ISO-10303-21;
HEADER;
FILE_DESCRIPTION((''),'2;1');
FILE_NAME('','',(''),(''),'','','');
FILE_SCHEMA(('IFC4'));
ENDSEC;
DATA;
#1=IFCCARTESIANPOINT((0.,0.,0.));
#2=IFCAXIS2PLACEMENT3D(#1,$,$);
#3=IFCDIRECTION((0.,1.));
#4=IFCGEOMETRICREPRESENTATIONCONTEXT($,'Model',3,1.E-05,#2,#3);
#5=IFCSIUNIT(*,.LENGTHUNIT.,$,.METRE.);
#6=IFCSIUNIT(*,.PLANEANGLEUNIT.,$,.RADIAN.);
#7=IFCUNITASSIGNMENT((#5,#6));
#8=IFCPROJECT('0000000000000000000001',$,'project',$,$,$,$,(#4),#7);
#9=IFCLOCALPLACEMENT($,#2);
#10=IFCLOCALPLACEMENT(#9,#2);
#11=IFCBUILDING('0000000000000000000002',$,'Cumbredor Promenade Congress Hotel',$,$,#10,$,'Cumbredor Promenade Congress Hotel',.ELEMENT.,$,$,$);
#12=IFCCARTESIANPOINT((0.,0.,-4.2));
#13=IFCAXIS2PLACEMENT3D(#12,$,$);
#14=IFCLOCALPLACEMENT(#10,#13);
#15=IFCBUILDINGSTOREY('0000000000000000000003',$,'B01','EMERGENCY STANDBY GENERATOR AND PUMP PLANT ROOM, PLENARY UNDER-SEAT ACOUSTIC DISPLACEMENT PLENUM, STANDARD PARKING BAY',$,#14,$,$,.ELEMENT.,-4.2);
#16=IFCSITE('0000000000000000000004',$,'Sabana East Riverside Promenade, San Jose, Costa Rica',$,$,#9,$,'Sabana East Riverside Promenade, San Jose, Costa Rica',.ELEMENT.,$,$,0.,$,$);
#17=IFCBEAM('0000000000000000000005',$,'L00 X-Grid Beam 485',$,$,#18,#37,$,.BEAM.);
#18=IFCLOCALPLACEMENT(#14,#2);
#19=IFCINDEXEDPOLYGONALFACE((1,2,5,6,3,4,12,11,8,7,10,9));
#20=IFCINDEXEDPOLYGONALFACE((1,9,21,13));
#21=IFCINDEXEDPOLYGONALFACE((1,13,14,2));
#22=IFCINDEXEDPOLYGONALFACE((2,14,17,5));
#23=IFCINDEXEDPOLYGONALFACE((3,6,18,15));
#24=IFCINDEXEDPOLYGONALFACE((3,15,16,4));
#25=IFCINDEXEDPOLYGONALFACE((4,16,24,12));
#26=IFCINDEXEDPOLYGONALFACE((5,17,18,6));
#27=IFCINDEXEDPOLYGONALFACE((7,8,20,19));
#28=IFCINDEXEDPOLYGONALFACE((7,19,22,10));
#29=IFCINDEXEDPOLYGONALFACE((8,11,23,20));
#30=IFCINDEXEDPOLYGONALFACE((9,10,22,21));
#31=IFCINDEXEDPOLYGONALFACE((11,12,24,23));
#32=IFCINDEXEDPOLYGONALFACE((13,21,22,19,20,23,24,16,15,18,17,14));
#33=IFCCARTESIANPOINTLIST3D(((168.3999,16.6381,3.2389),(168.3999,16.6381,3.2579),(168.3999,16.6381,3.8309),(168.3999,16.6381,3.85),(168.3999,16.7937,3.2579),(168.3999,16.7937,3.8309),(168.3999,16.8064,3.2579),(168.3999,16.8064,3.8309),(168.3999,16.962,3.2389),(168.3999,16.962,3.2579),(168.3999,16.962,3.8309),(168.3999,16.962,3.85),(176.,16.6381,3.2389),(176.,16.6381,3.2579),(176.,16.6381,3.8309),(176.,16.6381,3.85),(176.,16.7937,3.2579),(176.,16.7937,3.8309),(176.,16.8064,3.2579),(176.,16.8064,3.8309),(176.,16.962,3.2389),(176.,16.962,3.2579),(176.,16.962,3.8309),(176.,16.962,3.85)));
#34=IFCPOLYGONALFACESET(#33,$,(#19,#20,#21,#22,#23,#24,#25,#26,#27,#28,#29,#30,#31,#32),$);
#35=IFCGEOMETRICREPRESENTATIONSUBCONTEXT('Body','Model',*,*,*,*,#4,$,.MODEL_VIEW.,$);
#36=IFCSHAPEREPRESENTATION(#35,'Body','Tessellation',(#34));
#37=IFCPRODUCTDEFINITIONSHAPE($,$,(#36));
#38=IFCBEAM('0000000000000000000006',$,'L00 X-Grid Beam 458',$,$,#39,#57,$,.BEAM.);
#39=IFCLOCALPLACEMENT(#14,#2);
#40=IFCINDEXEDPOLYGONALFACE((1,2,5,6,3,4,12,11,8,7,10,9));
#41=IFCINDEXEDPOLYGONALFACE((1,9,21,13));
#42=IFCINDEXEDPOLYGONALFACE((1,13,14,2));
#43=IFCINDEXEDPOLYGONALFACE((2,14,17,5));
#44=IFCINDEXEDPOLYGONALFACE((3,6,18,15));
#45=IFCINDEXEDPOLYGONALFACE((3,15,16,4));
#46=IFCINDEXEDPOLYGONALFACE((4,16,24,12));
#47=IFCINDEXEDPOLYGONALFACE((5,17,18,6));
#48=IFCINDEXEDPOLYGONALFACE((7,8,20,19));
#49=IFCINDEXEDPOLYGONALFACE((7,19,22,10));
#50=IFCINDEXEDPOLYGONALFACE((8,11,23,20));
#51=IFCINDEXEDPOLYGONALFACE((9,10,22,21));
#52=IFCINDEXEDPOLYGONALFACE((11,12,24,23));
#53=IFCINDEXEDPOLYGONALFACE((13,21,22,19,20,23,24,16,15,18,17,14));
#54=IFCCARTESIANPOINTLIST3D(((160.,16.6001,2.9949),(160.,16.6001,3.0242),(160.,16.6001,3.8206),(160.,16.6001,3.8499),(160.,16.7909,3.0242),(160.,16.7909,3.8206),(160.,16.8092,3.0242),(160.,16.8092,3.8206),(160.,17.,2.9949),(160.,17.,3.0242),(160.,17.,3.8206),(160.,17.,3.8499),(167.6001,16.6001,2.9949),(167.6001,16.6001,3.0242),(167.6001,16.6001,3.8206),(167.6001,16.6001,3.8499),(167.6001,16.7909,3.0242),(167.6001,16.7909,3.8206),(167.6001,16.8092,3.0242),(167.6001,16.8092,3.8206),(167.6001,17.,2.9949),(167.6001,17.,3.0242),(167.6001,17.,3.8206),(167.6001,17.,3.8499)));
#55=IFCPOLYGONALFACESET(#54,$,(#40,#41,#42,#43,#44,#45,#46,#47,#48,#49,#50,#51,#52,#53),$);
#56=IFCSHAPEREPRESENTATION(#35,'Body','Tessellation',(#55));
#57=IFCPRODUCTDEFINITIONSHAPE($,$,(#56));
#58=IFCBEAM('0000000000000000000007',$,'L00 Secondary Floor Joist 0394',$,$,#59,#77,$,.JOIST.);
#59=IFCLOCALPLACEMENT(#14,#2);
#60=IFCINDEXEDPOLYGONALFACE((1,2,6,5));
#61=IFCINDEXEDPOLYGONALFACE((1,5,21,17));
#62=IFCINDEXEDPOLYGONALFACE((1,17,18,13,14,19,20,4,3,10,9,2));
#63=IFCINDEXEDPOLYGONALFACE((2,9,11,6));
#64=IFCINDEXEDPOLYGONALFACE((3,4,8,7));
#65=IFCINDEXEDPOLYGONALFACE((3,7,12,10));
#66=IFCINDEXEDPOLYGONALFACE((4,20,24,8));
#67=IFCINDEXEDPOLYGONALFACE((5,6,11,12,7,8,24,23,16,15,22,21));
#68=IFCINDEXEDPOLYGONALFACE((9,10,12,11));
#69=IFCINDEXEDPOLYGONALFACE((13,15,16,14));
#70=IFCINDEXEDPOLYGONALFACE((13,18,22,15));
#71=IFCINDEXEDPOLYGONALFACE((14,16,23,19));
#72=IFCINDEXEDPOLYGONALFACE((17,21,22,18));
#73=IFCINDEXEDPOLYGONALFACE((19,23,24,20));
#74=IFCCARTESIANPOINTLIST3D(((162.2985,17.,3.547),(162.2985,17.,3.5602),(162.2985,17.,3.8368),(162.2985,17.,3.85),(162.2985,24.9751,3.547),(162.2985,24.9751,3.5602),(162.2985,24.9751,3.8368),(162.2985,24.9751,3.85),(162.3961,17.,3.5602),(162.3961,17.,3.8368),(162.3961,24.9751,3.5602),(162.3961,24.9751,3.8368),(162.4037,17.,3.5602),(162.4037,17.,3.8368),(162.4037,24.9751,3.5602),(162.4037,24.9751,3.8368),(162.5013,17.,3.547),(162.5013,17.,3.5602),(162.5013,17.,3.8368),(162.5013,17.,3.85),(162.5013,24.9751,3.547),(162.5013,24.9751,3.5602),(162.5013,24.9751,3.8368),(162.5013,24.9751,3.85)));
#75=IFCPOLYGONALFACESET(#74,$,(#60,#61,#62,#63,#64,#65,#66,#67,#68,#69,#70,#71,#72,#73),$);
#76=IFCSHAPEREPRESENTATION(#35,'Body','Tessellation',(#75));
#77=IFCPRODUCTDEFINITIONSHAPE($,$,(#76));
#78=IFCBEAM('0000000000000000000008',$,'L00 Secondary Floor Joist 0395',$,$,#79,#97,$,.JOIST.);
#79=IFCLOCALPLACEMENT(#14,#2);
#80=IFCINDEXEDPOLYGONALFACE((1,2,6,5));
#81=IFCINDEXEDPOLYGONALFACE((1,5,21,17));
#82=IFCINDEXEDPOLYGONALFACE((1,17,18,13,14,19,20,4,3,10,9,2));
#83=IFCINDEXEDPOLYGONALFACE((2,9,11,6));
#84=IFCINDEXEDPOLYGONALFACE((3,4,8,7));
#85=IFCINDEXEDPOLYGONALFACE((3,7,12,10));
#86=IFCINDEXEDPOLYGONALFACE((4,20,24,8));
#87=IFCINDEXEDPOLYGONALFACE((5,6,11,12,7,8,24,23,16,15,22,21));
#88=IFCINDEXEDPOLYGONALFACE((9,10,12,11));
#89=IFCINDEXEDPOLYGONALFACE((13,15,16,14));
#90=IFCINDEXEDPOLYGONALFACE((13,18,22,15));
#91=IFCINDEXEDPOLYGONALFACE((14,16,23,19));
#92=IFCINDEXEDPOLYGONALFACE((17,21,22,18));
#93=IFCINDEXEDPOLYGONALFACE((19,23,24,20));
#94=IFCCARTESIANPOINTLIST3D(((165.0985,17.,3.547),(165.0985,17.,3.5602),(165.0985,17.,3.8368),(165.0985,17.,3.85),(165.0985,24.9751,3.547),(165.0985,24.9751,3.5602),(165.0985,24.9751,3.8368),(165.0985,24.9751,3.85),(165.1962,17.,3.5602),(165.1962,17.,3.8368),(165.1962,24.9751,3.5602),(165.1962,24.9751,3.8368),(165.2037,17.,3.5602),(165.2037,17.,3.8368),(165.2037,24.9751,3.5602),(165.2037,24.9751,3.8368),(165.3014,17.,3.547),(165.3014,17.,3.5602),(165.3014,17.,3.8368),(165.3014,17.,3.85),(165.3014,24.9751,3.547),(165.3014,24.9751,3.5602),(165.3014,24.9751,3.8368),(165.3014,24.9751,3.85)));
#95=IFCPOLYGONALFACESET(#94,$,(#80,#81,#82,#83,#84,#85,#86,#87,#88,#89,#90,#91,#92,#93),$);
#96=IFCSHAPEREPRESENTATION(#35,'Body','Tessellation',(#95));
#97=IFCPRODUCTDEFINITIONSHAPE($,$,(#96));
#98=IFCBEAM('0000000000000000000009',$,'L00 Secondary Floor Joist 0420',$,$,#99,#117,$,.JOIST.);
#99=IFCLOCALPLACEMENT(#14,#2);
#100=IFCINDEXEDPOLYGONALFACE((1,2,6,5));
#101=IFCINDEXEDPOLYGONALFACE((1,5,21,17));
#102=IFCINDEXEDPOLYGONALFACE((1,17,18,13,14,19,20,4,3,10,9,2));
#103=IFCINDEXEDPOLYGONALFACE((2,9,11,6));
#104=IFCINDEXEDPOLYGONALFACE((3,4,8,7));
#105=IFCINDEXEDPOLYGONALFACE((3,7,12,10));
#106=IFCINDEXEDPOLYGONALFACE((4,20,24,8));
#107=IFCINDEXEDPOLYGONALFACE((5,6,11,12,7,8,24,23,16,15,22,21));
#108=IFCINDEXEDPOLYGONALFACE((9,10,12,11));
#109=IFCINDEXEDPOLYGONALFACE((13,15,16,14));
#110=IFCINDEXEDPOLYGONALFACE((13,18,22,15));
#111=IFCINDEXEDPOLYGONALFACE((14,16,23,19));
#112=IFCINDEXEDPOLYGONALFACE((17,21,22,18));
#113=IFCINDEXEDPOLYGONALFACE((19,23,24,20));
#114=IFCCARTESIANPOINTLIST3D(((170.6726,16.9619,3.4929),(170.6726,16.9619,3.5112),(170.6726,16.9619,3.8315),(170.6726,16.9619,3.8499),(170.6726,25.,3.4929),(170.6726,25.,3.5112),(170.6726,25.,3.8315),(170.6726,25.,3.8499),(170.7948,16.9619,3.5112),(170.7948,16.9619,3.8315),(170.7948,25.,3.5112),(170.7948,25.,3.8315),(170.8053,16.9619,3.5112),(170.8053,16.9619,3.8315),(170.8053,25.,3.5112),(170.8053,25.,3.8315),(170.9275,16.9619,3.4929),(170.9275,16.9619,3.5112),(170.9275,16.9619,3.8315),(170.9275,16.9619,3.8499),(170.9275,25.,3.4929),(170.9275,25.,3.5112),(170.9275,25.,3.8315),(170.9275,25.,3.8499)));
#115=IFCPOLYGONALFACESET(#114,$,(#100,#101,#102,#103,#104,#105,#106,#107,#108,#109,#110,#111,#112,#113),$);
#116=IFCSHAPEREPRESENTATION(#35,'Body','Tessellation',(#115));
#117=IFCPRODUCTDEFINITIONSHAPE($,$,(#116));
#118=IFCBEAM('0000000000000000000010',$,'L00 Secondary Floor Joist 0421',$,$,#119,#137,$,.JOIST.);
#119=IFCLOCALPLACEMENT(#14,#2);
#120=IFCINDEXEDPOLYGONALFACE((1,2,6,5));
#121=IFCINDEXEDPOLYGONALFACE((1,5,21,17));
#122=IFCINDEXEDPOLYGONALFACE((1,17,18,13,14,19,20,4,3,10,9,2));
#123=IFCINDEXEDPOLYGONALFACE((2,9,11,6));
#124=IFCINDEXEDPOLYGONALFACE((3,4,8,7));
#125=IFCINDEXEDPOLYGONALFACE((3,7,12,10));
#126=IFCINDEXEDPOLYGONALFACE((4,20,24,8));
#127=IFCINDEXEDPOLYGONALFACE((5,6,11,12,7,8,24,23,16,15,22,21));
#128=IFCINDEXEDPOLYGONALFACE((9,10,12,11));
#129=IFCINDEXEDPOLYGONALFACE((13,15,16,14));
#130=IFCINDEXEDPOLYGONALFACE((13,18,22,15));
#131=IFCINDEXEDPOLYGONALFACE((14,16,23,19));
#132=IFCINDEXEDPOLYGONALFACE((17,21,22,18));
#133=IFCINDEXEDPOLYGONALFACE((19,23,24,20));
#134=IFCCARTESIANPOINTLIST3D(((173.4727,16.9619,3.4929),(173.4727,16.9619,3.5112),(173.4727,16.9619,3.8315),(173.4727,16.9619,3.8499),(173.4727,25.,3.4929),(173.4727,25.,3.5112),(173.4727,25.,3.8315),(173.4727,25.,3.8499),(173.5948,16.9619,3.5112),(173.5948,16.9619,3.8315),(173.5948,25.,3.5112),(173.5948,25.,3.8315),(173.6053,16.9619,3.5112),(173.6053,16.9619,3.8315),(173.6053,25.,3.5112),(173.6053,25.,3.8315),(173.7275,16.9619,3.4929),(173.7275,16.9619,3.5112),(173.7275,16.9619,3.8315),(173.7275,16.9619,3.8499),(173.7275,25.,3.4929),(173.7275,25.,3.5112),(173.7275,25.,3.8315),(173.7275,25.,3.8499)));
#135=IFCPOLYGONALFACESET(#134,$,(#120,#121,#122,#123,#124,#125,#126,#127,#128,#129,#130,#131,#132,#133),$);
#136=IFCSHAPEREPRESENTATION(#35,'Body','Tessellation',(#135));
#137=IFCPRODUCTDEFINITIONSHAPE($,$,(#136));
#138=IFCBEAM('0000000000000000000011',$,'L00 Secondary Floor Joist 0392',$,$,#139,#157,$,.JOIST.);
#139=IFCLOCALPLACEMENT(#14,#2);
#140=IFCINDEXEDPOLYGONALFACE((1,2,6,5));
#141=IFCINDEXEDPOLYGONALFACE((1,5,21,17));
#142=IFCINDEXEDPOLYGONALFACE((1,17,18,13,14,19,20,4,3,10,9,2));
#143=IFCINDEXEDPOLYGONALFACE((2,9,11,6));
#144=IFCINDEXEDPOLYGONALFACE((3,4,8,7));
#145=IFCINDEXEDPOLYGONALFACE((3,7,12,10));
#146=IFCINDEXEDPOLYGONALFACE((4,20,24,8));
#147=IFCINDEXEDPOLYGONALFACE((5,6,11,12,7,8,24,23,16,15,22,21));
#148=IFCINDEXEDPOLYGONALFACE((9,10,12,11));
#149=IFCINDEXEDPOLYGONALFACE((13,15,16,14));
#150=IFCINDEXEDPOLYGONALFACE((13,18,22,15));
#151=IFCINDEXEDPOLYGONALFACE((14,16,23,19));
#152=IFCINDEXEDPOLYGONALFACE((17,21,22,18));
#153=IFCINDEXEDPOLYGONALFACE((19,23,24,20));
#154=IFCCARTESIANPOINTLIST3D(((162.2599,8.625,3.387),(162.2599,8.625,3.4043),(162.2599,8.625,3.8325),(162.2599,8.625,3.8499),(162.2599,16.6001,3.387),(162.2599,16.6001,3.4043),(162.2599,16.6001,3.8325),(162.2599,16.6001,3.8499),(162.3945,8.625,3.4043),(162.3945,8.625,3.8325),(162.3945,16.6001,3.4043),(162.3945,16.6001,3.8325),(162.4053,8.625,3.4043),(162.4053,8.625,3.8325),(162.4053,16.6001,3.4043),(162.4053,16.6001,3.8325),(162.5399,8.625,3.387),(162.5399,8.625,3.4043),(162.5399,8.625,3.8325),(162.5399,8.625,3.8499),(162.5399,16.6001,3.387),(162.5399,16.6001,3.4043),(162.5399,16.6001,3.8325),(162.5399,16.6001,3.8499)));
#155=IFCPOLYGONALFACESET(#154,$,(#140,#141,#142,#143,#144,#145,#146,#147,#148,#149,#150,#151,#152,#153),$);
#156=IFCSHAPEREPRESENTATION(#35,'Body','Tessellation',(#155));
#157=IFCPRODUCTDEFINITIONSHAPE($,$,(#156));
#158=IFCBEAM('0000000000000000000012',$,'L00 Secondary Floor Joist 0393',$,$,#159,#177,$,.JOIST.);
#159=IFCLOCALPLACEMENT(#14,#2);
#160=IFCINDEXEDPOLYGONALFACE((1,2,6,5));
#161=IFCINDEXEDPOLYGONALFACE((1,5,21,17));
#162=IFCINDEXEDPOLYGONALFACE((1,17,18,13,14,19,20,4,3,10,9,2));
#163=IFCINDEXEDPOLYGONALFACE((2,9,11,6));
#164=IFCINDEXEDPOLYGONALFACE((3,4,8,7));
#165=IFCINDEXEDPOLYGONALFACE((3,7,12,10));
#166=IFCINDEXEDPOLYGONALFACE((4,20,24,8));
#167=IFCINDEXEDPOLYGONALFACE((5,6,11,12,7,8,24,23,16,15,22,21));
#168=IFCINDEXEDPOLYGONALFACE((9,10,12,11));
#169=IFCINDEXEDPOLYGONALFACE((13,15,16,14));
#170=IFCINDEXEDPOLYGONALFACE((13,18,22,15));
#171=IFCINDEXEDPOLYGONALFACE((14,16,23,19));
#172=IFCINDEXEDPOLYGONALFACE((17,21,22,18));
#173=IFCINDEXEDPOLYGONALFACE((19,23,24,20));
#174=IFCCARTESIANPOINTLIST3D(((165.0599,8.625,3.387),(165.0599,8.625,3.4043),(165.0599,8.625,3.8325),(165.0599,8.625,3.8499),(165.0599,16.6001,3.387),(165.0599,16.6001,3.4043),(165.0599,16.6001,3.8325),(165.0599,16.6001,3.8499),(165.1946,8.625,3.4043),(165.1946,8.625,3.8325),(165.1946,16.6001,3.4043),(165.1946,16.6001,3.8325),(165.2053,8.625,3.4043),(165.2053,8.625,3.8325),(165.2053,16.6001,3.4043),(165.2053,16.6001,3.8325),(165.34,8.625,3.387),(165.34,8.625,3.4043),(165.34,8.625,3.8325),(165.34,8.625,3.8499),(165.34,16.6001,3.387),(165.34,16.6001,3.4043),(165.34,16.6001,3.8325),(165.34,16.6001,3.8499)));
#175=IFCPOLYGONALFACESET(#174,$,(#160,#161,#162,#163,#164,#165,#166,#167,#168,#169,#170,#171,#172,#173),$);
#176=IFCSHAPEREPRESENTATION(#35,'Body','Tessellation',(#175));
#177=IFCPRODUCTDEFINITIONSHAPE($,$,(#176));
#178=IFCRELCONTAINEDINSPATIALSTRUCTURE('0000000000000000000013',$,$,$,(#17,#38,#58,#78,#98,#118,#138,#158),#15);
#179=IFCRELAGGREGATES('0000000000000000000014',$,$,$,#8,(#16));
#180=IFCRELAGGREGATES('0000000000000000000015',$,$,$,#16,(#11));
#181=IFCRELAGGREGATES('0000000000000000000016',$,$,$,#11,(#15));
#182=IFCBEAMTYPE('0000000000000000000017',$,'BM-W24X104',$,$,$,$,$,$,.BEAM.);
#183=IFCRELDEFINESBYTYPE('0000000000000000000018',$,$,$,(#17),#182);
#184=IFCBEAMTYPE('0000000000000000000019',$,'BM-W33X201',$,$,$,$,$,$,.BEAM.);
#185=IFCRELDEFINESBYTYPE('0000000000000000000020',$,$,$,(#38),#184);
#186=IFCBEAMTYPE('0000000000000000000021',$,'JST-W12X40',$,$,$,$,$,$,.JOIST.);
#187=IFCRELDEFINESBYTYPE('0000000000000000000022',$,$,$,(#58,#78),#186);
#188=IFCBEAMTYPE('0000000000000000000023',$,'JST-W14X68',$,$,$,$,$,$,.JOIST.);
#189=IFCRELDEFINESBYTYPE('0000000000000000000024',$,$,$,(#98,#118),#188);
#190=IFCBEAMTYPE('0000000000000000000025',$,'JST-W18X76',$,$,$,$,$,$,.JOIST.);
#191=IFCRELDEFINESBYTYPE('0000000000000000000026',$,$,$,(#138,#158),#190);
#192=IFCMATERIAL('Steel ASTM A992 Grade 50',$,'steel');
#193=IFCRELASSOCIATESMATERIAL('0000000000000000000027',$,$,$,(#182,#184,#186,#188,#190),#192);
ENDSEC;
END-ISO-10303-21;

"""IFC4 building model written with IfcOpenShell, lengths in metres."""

from ifc_helpers import new_model, si_unit, direction, frame, origin, origin_2d, place, context, subcontext, project, spatial, i_section, extrude, material, material_profile, profile_set, type_object, element, save


model = new_model("IFC4")

# Units and contexts
model_context = context("Model", 3, precision=1e-05, world=origin(), true_north=direction((0.0, 1.0)))
body_context = subcontext(model_context, "Body", "Model", "MODEL_VIEW")
ifc_project = project(units=[si_unit("LENGTHUNIT", "METRE"), si_unit("PLANEANGLEUNIT", "RADIAN")], contexts=[model_context])

# Site, building, storey
site_placement = place(None, origin())
site = spatial("IfcSite", under=ifc_project, at=site_placement, Name="Sabana East Riverside Promenade, San Jose, Costa Rica", LongName="Sabana East Riverside Promenade, San Jose, Costa Rica", CompositionType="ELEMENT", RefElevation=0.0)
building_placement = place(site_placement, origin())
building = spatial("IfcBuilding", under=site, at=building_placement, Name="Cumbredor Promenade Congress Hotel", LongName="Cumbredor Promenade Congress Hotel", CompositionType="ELEMENT")
storey_placement = place(building_placement, frame((0.0, 0.0, -4.2)))
storey = spatial("IfcBuildingStorey", under=building, at=storey_placement, Name="B01", Description="EMERGENCY STANDBY GENERATOR AND PUMP PLANT ROOM, PLENARY UNDER-SEAT ACOUSTIC DISPLACEMENT PLENUM, STANDARD PARKING BAY", CompositionType="ELEMENT", Elevation=-4.2)

# Beams
ifc_material_1 = material(Name="Steel ASTM A992 Grade 50", Category="steel")
ifc_material_profile_1 = material_profile(ifc_material_1, i_section(OverallWidth=0.324, OverallDepth=0.6111, WebThickness=0.0127, FlangeThickness=0.019, at=origin_2d()), Name="W24X104")
ifc_profile_set_1 = profile_set([ifc_material_profile_1], Name="Steel ASTM A992 Grade 50")
beam_type_1 = type_object("IfcBeamType", Name="BM-W24X104", PredefinedType="BEAM", material=ifc_profile_set_1)
beam_1_placement = place(storey_placement, frame((168.3999, 16.8, 3.5444), z_axis=(1.0, 0.0, 0.0), x_axis=(0.0, 1.0, 0.0)))
element("IfcBeam", 1, at=beam_1_placement, inside=storey, type_object=beam_type_1, Name="L00 X-Grid Beam 485", PredefinedType="BEAM", context=body_context, shape_type="SweptSolid", body=[
    extrude(i_section(OverallWidth=0.324, OverallDepth=0.6111, WebThickness=0.0127, FlangeThickness=0.019, at=origin_2d()), origin(), (0.0, 0.0, 1.0), 7.6001),
])
ifc_material_profile_2 = material_profile(ifc_material_1, i_section(OverallWidth=0.3999, OverallDepth=0.855, WebThickness=0.0183, FlangeThickness=0.0293, at=origin_2d()), Name="W33X201")
ifc_profile_set_2 = profile_set([ifc_material_profile_2], Name="Steel ASTM A992 Grade 50")
beam_type_2 = type_object("IfcBeamType", Name="BM-W33X201", PredefinedType="BEAM", material=ifc_profile_set_2)
beam_2_placement = place(storey_placement, frame((160.0, 16.8, 3.4224), z_axis=(1.0, 0.0, 0.0), x_axis=(0.0, 1.0, 0.0)))
element("IfcBeam", 2, at=beam_2_placement, inside=storey, type_object=beam_type_2, Name="L00 X-Grid Beam 458", PredefinedType="BEAM", context=body_context, shape_type="SweptSolid", body=[
    extrude(i_section(OverallWidth=0.3999, OverallDepth=0.855, WebThickness=0.0183, FlangeThickness=0.0293, at=origin_2d()), origin(), (0.0, 0.0, 1.0), 7.6001),
])
ifc_material_profile_3 = material_profile(ifc_material_1, i_section(OverallWidth=0.2029, OverallDepth=0.303, WebThickness=0.0076, FlangeThickness=0.0132, at=origin_2d()), Name="W12X40")
ifc_profile_set_3 = profile_set([ifc_material_profile_3], Name="Steel ASTM A992 Grade 50")
beam_type_3 = type_object("IfcBeamType", Name="JST-W12X40", PredefinedType="JOIST", material=ifc_profile_set_3)
for number, where, z_axis, x_axis, name in (
    (3, (162.3999, 17.0, 3.6985), (0.0, 1.0, 0.0), (-1.0, 0.0, 0.0), "L00 Secondary Floor Joist 0394"),
    (4, (165.2, 17.0, 3.6985), (0.0, 1.0, 0.0), (-1.0, 0.0, 0.0), "L00 Secondary Floor Joist 0395"),
):
    element("IfcBeam", number, at=place(storey_placement, frame(where, z_axis=z_axis, x_axis=x_axis)), inside=storey, type_object=beam_type_3, Name=name, PredefinedType="JOIST", context=body_context, shape_type="SweptSolid", body=[
        extrude(i_section(OverallWidth=0.2029, OverallDepth=0.303, WebThickness=0.0076, FlangeThickness=0.0132, at=origin_2d()), origin(), (0.0, 0.0, 1.0), 7.9751),
    ])
ifc_material_profile_4 = material_profile(ifc_material_1, i_section(OverallWidth=0.2549, OverallDepth=0.3569, WebThickness=0.0105, FlangeThickness=0.0183, at=origin_2d()), Name="W14X68")
ifc_profile_set_4 = profile_set([ifc_material_profile_4], Name="Steel ASTM A992 Grade 50")
beam_type_4 = type_object("IfcBeamType", Name="JST-W14X68", PredefinedType="JOIST", material=ifc_profile_set_4)
for number, where, z_axis, x_axis, name in (
    (5, (170.8, 16.9619, 3.6714), (0.0, 1.0, 0.0), (-1.0, 0.0, 0.0), "L00 Secondary Floor Joist 0420"),
    (6, (173.6001, 16.9619, 3.6714), (0.0, 1.0, 0.0), (-1.0, 0.0, 0.0), "L00 Secondary Floor Joist 0421"),
):
    element("IfcBeam", number, at=place(storey_placement, frame(where, z_axis=z_axis, x_axis=x_axis)), inside=storey, type_object=beam_type_4, Name=name, PredefinedType="JOIST", context=body_context, shape_type="SweptSolid", body=[
        extrude(i_section(OverallWidth=0.2549, OverallDepth=0.3569, WebThickness=0.0105, FlangeThickness=0.0183, at=origin_2d()), origin(), (0.0, 0.0, 1.0), 8.0381),
    ])
ifc_material_profile_5 = material_profile(ifc_material_1, i_section(OverallWidth=0.28, OverallDepth=0.4629, WebThickness=0.0107, FlangeThickness=0.0173, at=origin_2d()), Name="W18X76")
ifc_profile_set_5 = profile_set([ifc_material_profile_5], Name="Steel ASTM A992 Grade 50")
beam_type_5 = type_object("IfcBeamType", Name="JST-W18X76", PredefinedType="JOIST", material=ifc_profile_set_5)
for number, where, z_axis, x_axis, name in (
    (7, (162.3999, 8.625, 3.6184), (0.0, 1.0, 0.0), (-1.0, 0.0, 0.0), "L00 Secondary Floor Joist 0392"),
    (8, (165.2, 8.625, 3.6184), (0.0, 1.0, 0.0), (-1.0, 0.0, 0.0), "L00 Secondary Floor Joist 0393"),
):
    element("IfcBeam", number, at=place(storey_placement, frame(where, z_axis=z_axis, x_axis=x_axis)), inside=storey, type_object=beam_type_5, Name=name, PredefinedType="JOIST", context=body_context, shape_type="SweptSolid", body=[
        extrude(i_section(OverallWidth=0.28, OverallDepth=0.4629, WebThickness=0.0107, FlangeThickness=0.0173, at=origin_2d()), origin(), (0.0, 0.0, 1.0), 7.9751),
    ])

save(model, "model.ifc")
